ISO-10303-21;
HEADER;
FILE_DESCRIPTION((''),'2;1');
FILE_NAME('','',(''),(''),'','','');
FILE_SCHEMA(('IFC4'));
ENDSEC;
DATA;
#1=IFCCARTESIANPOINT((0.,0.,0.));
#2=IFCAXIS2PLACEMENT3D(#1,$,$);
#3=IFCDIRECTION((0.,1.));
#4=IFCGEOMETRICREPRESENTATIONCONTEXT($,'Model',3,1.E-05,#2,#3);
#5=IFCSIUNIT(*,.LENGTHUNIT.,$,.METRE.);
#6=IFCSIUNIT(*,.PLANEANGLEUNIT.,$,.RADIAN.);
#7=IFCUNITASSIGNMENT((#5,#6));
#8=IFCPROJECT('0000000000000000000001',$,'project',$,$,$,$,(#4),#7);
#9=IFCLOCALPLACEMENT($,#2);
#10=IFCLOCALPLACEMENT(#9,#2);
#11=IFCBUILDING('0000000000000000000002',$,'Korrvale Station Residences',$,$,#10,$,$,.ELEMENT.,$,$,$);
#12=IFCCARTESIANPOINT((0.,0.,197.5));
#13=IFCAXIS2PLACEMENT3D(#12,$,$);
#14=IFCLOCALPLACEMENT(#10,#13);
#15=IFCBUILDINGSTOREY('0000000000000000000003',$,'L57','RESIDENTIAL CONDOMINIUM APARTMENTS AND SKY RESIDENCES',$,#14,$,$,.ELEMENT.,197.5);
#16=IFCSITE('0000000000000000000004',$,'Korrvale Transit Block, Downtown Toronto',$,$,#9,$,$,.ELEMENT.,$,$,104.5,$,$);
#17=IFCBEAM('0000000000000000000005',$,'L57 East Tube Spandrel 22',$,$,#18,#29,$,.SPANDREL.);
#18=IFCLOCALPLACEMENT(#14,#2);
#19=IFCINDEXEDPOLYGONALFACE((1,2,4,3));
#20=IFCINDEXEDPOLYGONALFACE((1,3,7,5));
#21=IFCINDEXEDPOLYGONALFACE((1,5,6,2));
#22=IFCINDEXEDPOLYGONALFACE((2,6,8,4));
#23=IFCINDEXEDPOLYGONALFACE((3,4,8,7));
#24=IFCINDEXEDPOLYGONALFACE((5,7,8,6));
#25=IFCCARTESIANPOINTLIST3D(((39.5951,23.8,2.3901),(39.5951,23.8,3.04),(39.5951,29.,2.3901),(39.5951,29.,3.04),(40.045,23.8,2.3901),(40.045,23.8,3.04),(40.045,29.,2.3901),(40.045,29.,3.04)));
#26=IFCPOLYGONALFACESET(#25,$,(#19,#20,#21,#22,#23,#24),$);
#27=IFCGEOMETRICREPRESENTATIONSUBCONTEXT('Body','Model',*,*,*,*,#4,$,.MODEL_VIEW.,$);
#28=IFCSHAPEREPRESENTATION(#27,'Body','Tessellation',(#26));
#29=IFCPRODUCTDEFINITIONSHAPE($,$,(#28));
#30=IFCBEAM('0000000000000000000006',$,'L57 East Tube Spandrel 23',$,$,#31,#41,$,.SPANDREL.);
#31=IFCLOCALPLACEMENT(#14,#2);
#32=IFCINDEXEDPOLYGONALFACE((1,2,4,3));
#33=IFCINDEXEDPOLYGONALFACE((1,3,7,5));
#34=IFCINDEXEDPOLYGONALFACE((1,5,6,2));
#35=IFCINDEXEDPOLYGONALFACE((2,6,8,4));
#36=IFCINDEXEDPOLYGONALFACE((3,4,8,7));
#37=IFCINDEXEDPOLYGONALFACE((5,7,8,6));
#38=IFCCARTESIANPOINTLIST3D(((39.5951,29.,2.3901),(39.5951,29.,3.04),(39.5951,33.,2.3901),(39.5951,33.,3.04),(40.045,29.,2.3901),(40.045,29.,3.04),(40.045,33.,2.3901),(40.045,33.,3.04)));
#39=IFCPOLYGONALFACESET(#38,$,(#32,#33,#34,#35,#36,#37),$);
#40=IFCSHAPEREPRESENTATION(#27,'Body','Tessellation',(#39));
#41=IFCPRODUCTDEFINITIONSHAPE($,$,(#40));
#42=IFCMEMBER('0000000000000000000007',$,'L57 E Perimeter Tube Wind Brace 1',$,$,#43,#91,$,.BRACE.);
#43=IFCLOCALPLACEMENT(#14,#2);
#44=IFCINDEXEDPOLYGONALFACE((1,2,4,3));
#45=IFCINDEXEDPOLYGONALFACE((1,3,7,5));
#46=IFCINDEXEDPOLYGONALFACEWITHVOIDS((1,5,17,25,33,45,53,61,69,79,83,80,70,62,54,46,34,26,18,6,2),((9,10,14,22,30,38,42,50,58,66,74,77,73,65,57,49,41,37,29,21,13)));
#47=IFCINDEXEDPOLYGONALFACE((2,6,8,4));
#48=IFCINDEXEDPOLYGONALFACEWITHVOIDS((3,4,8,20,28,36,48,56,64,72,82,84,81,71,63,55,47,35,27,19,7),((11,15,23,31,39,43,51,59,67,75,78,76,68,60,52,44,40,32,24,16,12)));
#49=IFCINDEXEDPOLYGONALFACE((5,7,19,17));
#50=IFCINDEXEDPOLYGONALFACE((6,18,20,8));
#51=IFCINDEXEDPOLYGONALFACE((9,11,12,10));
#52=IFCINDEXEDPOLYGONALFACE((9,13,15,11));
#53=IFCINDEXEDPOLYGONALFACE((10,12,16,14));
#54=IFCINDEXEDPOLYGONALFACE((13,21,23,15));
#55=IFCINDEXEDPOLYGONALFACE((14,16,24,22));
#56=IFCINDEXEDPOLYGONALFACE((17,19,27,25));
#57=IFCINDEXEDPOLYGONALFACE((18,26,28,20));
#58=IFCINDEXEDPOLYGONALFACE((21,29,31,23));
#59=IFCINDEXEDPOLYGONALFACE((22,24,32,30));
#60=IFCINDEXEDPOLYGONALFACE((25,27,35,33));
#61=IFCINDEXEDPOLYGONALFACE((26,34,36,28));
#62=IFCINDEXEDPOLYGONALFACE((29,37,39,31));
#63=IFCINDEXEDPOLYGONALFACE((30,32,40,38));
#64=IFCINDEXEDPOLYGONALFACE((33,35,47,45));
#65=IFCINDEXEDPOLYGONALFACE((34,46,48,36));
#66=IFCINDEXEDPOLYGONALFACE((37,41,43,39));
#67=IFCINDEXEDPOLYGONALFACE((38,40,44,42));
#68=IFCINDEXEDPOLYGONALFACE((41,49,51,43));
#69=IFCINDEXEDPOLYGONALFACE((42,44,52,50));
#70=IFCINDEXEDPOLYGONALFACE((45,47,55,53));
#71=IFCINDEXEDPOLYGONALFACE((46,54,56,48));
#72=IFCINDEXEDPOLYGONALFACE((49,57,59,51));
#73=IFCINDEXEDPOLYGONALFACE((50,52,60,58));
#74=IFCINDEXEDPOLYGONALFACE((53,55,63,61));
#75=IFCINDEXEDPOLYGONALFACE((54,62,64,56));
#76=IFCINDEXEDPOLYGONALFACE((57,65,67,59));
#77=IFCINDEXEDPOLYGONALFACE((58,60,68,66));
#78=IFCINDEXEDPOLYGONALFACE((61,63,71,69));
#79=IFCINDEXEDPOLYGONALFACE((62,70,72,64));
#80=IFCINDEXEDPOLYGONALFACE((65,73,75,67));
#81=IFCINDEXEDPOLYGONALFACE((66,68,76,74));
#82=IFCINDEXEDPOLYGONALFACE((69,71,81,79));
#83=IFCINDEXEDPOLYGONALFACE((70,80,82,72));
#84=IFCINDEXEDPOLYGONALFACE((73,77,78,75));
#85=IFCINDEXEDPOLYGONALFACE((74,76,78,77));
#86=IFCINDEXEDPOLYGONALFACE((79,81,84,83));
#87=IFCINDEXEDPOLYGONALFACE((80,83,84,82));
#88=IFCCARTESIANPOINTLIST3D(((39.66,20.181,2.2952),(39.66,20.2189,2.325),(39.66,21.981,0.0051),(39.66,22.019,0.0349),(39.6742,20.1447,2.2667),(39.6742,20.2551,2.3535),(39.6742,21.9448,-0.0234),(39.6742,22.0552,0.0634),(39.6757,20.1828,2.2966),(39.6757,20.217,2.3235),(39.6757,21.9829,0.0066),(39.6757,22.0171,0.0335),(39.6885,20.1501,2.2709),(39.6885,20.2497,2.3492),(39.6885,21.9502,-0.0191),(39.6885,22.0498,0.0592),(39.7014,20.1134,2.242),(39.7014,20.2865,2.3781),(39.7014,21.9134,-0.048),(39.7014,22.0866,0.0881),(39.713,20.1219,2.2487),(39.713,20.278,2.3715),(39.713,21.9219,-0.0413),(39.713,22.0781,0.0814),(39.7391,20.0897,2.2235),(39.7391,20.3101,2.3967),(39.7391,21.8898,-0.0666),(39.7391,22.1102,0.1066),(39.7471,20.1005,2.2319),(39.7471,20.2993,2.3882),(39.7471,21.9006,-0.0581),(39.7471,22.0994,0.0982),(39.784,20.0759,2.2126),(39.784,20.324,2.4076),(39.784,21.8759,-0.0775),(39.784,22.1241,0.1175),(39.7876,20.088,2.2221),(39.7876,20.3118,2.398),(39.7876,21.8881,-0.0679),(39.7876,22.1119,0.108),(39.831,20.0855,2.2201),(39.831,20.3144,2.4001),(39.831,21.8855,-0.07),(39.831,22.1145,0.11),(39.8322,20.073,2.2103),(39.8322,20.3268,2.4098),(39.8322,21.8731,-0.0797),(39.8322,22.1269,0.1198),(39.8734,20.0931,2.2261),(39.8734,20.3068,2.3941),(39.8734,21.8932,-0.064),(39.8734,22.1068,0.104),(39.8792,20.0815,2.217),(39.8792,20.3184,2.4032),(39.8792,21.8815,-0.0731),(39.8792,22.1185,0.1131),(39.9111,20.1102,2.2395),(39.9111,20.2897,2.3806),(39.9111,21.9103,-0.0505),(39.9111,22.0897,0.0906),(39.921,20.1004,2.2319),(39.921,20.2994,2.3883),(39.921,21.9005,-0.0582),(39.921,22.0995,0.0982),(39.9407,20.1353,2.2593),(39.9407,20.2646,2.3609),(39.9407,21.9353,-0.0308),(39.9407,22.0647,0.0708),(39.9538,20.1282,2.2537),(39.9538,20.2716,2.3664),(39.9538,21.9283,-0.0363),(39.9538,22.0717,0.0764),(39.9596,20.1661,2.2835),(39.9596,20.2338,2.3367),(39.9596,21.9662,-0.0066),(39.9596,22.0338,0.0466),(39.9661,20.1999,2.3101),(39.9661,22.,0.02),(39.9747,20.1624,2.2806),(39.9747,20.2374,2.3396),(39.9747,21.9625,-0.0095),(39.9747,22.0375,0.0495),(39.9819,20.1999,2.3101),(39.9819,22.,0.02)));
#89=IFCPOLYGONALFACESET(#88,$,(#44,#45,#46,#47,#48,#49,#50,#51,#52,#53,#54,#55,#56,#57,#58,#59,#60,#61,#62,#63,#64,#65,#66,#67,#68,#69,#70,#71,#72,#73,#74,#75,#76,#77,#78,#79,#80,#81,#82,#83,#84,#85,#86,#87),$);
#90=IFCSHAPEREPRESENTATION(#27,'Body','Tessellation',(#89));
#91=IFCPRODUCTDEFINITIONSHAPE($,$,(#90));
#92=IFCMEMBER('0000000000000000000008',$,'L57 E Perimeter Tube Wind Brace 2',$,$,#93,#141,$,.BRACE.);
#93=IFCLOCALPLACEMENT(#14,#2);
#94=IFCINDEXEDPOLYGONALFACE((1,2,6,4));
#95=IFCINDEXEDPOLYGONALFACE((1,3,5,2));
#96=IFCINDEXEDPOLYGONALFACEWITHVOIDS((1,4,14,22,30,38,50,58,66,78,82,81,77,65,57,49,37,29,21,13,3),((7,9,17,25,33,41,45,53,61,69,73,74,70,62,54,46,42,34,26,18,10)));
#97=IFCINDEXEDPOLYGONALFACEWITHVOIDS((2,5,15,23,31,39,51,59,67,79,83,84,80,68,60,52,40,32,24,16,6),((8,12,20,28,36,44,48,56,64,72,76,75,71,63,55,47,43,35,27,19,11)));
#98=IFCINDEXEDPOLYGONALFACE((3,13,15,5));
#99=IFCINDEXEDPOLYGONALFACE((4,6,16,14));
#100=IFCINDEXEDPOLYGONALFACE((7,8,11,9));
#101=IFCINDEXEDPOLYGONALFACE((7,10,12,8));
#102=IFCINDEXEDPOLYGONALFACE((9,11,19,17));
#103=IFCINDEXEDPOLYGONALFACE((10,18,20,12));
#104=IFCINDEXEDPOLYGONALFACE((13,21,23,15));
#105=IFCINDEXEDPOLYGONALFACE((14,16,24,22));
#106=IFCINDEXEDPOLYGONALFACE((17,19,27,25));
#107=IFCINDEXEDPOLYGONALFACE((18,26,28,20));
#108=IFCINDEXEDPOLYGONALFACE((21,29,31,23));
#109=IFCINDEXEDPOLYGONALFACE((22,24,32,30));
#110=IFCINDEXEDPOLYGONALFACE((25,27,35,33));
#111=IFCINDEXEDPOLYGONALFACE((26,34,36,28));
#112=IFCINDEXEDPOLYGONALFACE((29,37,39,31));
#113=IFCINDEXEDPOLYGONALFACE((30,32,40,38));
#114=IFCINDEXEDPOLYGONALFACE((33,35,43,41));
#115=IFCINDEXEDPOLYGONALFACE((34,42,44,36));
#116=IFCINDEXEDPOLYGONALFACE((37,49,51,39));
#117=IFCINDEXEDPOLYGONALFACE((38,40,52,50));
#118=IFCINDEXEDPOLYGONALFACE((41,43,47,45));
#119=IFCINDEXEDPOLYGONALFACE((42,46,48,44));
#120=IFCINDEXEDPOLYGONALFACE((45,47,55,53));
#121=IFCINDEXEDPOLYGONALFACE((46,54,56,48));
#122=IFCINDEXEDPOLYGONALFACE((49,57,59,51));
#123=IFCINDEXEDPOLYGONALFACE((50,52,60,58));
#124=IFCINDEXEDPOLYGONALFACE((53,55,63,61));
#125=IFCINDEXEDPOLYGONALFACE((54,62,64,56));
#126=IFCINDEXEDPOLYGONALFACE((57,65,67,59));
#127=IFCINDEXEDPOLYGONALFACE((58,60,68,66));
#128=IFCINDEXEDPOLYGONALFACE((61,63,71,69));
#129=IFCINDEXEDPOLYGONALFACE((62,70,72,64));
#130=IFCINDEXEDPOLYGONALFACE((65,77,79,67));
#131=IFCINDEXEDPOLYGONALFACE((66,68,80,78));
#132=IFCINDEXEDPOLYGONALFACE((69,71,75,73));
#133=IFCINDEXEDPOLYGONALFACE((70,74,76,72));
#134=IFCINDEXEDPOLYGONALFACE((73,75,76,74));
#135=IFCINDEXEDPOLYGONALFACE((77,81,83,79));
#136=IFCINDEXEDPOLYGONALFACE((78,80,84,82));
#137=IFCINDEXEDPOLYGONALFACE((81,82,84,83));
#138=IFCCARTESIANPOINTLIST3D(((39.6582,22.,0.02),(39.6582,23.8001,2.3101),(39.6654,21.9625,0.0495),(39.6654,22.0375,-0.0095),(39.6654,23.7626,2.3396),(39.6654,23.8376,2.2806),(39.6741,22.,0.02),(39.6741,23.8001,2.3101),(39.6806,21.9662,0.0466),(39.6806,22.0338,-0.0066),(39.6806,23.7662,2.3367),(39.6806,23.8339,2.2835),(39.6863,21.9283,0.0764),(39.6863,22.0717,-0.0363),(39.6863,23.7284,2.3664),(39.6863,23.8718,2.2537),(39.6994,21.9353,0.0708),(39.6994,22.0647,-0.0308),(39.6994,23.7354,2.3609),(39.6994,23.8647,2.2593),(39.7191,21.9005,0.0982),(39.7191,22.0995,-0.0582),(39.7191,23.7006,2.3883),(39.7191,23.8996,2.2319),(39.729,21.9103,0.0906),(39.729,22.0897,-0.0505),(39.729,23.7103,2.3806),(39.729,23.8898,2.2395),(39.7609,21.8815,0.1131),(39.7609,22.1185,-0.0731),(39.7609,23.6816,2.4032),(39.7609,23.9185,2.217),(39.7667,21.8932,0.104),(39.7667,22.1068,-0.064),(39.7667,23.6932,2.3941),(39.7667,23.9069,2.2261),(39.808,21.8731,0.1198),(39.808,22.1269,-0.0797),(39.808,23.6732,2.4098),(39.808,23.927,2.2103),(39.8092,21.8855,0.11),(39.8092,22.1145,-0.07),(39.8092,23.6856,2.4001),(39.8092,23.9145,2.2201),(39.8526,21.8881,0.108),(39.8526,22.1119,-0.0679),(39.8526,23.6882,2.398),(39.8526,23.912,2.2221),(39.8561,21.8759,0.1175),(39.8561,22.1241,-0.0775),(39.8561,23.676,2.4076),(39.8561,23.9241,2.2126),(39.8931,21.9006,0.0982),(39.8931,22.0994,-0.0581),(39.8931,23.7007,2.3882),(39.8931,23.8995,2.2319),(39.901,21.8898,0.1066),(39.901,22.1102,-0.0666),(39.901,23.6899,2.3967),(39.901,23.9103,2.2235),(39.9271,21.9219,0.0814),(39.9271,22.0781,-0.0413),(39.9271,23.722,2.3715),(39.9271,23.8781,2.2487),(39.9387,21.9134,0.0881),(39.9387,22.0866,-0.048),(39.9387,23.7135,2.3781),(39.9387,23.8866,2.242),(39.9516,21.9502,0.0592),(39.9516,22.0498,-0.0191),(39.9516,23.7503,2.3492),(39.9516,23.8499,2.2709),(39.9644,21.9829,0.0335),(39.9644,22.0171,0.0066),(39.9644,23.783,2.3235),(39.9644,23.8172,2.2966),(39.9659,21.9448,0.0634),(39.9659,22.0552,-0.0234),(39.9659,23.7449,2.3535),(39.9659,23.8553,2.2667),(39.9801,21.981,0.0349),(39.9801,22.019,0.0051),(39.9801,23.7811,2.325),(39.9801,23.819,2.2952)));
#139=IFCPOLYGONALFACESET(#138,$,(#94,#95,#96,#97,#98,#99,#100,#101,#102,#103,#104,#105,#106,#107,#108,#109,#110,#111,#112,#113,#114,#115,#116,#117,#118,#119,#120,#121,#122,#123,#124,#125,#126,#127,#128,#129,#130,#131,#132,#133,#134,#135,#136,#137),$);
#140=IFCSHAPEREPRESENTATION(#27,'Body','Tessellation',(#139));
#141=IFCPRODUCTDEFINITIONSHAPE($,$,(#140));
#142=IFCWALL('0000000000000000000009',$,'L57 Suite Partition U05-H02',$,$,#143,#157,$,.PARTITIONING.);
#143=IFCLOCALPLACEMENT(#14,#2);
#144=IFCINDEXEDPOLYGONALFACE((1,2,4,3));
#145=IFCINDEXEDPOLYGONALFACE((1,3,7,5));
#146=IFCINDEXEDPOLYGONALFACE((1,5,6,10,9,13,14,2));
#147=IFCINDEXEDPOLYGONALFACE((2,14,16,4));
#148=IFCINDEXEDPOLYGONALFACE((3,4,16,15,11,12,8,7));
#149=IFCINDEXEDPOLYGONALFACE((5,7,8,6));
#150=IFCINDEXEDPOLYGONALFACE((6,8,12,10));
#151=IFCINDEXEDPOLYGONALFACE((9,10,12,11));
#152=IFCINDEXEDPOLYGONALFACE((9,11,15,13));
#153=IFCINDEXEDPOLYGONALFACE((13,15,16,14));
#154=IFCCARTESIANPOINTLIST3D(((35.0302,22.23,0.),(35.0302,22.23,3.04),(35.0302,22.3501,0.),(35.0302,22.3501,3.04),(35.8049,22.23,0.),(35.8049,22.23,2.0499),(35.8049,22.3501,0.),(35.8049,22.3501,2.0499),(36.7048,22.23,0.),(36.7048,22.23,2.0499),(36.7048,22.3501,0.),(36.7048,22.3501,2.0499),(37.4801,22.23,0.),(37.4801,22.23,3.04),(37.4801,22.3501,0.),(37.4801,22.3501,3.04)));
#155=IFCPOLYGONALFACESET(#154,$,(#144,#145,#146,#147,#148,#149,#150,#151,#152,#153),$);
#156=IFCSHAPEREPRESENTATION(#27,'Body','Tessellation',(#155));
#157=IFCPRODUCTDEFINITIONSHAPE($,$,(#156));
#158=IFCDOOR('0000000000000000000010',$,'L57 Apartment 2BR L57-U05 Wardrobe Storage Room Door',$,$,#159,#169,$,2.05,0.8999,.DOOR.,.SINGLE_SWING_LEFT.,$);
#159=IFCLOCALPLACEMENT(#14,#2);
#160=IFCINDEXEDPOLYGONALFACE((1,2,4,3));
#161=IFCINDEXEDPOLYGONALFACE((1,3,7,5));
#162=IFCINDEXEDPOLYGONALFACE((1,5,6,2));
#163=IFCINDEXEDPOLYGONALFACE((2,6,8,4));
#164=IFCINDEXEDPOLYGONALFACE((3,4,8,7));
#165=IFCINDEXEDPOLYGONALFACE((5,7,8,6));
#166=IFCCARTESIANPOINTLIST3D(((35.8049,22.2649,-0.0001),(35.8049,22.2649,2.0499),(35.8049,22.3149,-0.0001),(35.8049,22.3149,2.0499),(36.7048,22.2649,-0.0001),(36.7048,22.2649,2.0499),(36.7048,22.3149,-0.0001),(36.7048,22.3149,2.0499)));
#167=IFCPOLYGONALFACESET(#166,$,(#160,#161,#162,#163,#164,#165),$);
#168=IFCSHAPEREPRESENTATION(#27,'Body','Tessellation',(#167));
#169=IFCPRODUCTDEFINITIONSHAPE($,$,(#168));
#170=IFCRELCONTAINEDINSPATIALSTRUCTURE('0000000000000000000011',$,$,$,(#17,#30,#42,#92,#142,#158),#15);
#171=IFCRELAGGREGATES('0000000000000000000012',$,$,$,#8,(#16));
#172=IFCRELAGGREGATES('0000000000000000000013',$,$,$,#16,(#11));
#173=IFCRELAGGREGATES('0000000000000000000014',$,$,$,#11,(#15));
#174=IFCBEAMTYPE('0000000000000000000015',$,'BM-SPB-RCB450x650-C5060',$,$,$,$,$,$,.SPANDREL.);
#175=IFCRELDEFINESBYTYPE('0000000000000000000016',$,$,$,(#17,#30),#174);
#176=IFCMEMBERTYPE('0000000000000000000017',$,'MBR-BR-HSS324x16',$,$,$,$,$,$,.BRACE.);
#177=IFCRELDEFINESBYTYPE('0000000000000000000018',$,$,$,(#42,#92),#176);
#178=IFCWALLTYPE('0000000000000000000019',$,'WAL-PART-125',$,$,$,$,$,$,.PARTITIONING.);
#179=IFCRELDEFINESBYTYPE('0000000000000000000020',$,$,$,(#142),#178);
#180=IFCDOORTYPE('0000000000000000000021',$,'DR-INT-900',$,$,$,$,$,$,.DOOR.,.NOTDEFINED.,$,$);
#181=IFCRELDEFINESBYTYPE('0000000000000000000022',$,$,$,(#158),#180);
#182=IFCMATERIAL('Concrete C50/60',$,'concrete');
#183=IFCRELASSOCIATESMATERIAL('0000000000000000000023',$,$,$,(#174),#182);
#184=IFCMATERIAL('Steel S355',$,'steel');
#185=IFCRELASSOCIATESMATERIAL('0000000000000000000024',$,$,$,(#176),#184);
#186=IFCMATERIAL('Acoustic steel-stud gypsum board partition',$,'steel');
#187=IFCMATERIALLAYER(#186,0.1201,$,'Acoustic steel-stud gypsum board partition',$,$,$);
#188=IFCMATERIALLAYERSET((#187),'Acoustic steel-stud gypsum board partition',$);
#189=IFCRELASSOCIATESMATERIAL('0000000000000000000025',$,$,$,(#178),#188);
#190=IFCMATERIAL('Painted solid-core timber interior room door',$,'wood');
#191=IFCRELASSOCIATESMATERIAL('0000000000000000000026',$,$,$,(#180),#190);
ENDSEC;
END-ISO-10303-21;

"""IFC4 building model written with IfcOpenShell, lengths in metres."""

from ifc_helpers import new_model, si_unit, direction, frame, frame_2d, origin, origin_2d, place, context, subcontext, project, spatial, rectangle, hollow_circle, extrude, material, layer, layer_set, material_profile, profile_set, type_object, element, fill, save


model = new_model("IFC4")

# Units and contexts
model_context = context("Model", 3, precision=1e-05, world=origin(), true_north=direction((0.0, 1.0)))
body_context = subcontext(model_context, "Body", "Model", "MODEL_VIEW")
ifc_project = project(units=[si_unit("LENGTHUNIT", "METRE"), si_unit("PLANEANGLEUNIT", "RADIAN")], contexts=[model_context])

# Site, building, storey
site_placement = place(None, origin())
site = spatial("IfcSite", under=ifc_project, at=site_placement, Name="Korrvale Transit Block, Downtown Toronto", CompositionType="ELEMENT", RefElevation=104.5)
building_placement = place(site_placement, origin())
building = spatial("IfcBuilding", under=site, at=building_placement, Name="Korrvale Station Residences", CompositionType="ELEMENT")
storey_placement = place(building_placement, frame((0.0, 0.0, 197.5)))
storey = spatial("IfcBuildingStorey", under=building, at=storey_placement, Name="L57", Description="RESIDENTIAL CONDOMINIUM APARTMENTS AND SKY RESIDENCES", CompositionType="ELEMENT", Elevation=197.5)

# Shared definitions
ifc_material_1 = material(Name="Concrete C50/60", Category="concrete")

# Beams
ifc_material_2 = material(Name="Steel S355", Category="steel")
ifc_material_profile_1 = material_profile(ifc_material_1, rectangle(XDim=0.45, YDim=0.6499, at=origin_2d()), Name="RCB450x650")
ifc_profile_set_1 = profile_set([ifc_material_profile_1], Name="Concrete C50/60")
beam_type_1 = type_object("IfcBeamType", Name="BM-SPB-RCB450x650-C5060", PredefinedType="SPANDREL", material=ifc_profile_set_1)
beam_1_placement = place(storey_placement, frame((39.8201, 23.8, 2.7151), z_axis=(0.0, 1.0, 0.0), x_axis=(-1.0, 0.0, 0.0)))
element("IfcBeam", 1, at=beam_1_placement, inside=storey, type_object=beam_type_1, Name="L57 East Tube Spandrel 22", PredefinedType="SPANDREL", context=body_context, shape_type="SweptSolid", body=[
    extrude(rectangle(XDim=0.45, YDim=0.6499, at=origin_2d()), origin(), (0.0, 0.0, 1.0), 5.2),
])
beam_2_placement = place(storey_placement, frame((39.8201, 29.0, 2.7151), z_axis=(0.0, 1.0, 0.0), x_axis=(-1.0, 0.0, 0.0)))
element("IfcBeam", 2, at=beam_2_placement, inside=storey, type_object=beam_type_1, Name="L57 East Tube Spandrel 23", PredefinedType="SPANDREL", context=body_context, shape_type="SweptSolid", body=[
    extrude(rectangle(XDim=0.45, YDim=0.6499, at=origin_2d()), origin(), (0.0, 0.0, 1.0), 4.0),
])

# Members
ifc_material_profile_2 = material_profile(ifc_material_2, hollow_circle(Radius=0.1619, WallThickness=0.0159, at=origin_2d()), Name="HSS324x16")
ifc_profile_set_2 = profile_set([ifc_material_profile_2], Name="Steel S355")
member_type = type_object("IfcMemberType", Name="MBR-BR-HSS324x16", PredefinedType="BRACE", material=ifc_profile_set_2)
for number, where, z_axis, x_axis, name in (
    (3, (39.8201, 22.0, 0.02), (0.0, -0.617977, 0.786196), (1.0, 0.0, 0.0), "L57 E Perimeter Tube Wind Brace 1"),
    (4, (39.8201, 22.0, 0.02), (0.0, 0.617977, 0.786196), (-1.0, 0.0, 0.0), "L57 E Perimeter Tube Wind Brace 2"),
):
    element("IfcMember", number, at=place(storey_placement, frame(where, z_axis=z_axis, x_axis=x_axis)), inside=storey, type_object=member_type, Name=name, PredefinedType="BRACE", context=body_context, shape_type="SweptSolid", body=[
        extrude(hollow_circle(Radius=0.1619, WallThickness=0.0159, at=origin_2d()), origin(), (0.0, 0.0, 1.0), 2.9128),
    ])

# Wall, opening, door
ifc_material_3 = material(Name="Acoustic steel-stud gypsum board partition", Category="steel")
ifc_layer_1 = layer(ifc_material_3, 0.1201, Name="Acoustic steel-stud gypsum board partition")
ifc_layer_set_1 = layer_set([ifc_layer_1], Name="Acoustic steel-stud gypsum board partition")
wall_type_1 = type_object("IfcWallType", Name="WAL-PART-125", PredefinedType="PARTITIONING", material=ifc_layer_set_1)
wall_1_placement = place(storey_placement, frame((35.03, 22.29, 0.0), z_axis=(0.0, 0.0, 1.0), x_axis=(1.0, 0.0, 0.0)))
wall_1 = element("IfcWall", 5, at=wall_1_placement, inside=storey, type_object=wall_type_1, Name="L57 Suite Partition U05-H02", PredefinedType="PARTITIONING", context=body_context, shape_type="SweptSolid", body=[
    extrude(rectangle(XDim=2.45, YDim=0.1201, at=frame_2d((1.2251, 0.0))), origin(), (0.0, 0.0, 1.0), 3.04),
])
opening_1_placement = place(wall_1_placement, frame((0.7749, 0.0, 0.0)))
opening_1 = element("IfcOpeningElement", 6, at=opening_1_placement, cuts=wall_1, PredefinedType="OPENING", context=body_context, shape_type="SweptSolid", body=[
    extrude(rectangle(XDim=0.8999, YDim=2.05, at=frame_2d((0.45, 1.0249))), frame((0.0, 0.0701, 0.0), z_axis=(0.0, -1.0, 0.0), x_axis=(1.0, 0.0, 0.0)), (0.0, 0.0, 1.0), 0.1401),
])
ifc_material_4 = material(Name="Painted solid-core timber interior room door", Category="wood")
door_type = type_object("IfcDoorType", Name="DR-INT-900", OperationType="NOTDEFINED", PredefinedType="DOOR", material=ifc_material_4)
door_1_placement = place(opening_1_placement, origin())
door_1 = element("IfcDoor", 7, at=door_1_placement, inside=storey, type_object=door_type, Name="L57 Apartment 2BR L57-U05 Wardrobe Storage Room Door", OperationType="SINGLE_SWING_LEFT", OverallHeight=2.05, OverallWidth=0.8999, PredefinedType="DOOR", context=body_context, shape_type="SweptSolid", body=[
    extrude(rectangle(XDim=0.8999, YDim=2.05, at=frame_2d((0.45, 1.0249))), frame((0.0, 0.0249, 0.0), z_axis=(0.0, -1.0, 0.0), x_axis=(1.0, 0.0, 0.0)), (0.0, 0.0, 1.0), 0.05),
])
fill(opening_1, door_1)

save(model, "model.ifc")
